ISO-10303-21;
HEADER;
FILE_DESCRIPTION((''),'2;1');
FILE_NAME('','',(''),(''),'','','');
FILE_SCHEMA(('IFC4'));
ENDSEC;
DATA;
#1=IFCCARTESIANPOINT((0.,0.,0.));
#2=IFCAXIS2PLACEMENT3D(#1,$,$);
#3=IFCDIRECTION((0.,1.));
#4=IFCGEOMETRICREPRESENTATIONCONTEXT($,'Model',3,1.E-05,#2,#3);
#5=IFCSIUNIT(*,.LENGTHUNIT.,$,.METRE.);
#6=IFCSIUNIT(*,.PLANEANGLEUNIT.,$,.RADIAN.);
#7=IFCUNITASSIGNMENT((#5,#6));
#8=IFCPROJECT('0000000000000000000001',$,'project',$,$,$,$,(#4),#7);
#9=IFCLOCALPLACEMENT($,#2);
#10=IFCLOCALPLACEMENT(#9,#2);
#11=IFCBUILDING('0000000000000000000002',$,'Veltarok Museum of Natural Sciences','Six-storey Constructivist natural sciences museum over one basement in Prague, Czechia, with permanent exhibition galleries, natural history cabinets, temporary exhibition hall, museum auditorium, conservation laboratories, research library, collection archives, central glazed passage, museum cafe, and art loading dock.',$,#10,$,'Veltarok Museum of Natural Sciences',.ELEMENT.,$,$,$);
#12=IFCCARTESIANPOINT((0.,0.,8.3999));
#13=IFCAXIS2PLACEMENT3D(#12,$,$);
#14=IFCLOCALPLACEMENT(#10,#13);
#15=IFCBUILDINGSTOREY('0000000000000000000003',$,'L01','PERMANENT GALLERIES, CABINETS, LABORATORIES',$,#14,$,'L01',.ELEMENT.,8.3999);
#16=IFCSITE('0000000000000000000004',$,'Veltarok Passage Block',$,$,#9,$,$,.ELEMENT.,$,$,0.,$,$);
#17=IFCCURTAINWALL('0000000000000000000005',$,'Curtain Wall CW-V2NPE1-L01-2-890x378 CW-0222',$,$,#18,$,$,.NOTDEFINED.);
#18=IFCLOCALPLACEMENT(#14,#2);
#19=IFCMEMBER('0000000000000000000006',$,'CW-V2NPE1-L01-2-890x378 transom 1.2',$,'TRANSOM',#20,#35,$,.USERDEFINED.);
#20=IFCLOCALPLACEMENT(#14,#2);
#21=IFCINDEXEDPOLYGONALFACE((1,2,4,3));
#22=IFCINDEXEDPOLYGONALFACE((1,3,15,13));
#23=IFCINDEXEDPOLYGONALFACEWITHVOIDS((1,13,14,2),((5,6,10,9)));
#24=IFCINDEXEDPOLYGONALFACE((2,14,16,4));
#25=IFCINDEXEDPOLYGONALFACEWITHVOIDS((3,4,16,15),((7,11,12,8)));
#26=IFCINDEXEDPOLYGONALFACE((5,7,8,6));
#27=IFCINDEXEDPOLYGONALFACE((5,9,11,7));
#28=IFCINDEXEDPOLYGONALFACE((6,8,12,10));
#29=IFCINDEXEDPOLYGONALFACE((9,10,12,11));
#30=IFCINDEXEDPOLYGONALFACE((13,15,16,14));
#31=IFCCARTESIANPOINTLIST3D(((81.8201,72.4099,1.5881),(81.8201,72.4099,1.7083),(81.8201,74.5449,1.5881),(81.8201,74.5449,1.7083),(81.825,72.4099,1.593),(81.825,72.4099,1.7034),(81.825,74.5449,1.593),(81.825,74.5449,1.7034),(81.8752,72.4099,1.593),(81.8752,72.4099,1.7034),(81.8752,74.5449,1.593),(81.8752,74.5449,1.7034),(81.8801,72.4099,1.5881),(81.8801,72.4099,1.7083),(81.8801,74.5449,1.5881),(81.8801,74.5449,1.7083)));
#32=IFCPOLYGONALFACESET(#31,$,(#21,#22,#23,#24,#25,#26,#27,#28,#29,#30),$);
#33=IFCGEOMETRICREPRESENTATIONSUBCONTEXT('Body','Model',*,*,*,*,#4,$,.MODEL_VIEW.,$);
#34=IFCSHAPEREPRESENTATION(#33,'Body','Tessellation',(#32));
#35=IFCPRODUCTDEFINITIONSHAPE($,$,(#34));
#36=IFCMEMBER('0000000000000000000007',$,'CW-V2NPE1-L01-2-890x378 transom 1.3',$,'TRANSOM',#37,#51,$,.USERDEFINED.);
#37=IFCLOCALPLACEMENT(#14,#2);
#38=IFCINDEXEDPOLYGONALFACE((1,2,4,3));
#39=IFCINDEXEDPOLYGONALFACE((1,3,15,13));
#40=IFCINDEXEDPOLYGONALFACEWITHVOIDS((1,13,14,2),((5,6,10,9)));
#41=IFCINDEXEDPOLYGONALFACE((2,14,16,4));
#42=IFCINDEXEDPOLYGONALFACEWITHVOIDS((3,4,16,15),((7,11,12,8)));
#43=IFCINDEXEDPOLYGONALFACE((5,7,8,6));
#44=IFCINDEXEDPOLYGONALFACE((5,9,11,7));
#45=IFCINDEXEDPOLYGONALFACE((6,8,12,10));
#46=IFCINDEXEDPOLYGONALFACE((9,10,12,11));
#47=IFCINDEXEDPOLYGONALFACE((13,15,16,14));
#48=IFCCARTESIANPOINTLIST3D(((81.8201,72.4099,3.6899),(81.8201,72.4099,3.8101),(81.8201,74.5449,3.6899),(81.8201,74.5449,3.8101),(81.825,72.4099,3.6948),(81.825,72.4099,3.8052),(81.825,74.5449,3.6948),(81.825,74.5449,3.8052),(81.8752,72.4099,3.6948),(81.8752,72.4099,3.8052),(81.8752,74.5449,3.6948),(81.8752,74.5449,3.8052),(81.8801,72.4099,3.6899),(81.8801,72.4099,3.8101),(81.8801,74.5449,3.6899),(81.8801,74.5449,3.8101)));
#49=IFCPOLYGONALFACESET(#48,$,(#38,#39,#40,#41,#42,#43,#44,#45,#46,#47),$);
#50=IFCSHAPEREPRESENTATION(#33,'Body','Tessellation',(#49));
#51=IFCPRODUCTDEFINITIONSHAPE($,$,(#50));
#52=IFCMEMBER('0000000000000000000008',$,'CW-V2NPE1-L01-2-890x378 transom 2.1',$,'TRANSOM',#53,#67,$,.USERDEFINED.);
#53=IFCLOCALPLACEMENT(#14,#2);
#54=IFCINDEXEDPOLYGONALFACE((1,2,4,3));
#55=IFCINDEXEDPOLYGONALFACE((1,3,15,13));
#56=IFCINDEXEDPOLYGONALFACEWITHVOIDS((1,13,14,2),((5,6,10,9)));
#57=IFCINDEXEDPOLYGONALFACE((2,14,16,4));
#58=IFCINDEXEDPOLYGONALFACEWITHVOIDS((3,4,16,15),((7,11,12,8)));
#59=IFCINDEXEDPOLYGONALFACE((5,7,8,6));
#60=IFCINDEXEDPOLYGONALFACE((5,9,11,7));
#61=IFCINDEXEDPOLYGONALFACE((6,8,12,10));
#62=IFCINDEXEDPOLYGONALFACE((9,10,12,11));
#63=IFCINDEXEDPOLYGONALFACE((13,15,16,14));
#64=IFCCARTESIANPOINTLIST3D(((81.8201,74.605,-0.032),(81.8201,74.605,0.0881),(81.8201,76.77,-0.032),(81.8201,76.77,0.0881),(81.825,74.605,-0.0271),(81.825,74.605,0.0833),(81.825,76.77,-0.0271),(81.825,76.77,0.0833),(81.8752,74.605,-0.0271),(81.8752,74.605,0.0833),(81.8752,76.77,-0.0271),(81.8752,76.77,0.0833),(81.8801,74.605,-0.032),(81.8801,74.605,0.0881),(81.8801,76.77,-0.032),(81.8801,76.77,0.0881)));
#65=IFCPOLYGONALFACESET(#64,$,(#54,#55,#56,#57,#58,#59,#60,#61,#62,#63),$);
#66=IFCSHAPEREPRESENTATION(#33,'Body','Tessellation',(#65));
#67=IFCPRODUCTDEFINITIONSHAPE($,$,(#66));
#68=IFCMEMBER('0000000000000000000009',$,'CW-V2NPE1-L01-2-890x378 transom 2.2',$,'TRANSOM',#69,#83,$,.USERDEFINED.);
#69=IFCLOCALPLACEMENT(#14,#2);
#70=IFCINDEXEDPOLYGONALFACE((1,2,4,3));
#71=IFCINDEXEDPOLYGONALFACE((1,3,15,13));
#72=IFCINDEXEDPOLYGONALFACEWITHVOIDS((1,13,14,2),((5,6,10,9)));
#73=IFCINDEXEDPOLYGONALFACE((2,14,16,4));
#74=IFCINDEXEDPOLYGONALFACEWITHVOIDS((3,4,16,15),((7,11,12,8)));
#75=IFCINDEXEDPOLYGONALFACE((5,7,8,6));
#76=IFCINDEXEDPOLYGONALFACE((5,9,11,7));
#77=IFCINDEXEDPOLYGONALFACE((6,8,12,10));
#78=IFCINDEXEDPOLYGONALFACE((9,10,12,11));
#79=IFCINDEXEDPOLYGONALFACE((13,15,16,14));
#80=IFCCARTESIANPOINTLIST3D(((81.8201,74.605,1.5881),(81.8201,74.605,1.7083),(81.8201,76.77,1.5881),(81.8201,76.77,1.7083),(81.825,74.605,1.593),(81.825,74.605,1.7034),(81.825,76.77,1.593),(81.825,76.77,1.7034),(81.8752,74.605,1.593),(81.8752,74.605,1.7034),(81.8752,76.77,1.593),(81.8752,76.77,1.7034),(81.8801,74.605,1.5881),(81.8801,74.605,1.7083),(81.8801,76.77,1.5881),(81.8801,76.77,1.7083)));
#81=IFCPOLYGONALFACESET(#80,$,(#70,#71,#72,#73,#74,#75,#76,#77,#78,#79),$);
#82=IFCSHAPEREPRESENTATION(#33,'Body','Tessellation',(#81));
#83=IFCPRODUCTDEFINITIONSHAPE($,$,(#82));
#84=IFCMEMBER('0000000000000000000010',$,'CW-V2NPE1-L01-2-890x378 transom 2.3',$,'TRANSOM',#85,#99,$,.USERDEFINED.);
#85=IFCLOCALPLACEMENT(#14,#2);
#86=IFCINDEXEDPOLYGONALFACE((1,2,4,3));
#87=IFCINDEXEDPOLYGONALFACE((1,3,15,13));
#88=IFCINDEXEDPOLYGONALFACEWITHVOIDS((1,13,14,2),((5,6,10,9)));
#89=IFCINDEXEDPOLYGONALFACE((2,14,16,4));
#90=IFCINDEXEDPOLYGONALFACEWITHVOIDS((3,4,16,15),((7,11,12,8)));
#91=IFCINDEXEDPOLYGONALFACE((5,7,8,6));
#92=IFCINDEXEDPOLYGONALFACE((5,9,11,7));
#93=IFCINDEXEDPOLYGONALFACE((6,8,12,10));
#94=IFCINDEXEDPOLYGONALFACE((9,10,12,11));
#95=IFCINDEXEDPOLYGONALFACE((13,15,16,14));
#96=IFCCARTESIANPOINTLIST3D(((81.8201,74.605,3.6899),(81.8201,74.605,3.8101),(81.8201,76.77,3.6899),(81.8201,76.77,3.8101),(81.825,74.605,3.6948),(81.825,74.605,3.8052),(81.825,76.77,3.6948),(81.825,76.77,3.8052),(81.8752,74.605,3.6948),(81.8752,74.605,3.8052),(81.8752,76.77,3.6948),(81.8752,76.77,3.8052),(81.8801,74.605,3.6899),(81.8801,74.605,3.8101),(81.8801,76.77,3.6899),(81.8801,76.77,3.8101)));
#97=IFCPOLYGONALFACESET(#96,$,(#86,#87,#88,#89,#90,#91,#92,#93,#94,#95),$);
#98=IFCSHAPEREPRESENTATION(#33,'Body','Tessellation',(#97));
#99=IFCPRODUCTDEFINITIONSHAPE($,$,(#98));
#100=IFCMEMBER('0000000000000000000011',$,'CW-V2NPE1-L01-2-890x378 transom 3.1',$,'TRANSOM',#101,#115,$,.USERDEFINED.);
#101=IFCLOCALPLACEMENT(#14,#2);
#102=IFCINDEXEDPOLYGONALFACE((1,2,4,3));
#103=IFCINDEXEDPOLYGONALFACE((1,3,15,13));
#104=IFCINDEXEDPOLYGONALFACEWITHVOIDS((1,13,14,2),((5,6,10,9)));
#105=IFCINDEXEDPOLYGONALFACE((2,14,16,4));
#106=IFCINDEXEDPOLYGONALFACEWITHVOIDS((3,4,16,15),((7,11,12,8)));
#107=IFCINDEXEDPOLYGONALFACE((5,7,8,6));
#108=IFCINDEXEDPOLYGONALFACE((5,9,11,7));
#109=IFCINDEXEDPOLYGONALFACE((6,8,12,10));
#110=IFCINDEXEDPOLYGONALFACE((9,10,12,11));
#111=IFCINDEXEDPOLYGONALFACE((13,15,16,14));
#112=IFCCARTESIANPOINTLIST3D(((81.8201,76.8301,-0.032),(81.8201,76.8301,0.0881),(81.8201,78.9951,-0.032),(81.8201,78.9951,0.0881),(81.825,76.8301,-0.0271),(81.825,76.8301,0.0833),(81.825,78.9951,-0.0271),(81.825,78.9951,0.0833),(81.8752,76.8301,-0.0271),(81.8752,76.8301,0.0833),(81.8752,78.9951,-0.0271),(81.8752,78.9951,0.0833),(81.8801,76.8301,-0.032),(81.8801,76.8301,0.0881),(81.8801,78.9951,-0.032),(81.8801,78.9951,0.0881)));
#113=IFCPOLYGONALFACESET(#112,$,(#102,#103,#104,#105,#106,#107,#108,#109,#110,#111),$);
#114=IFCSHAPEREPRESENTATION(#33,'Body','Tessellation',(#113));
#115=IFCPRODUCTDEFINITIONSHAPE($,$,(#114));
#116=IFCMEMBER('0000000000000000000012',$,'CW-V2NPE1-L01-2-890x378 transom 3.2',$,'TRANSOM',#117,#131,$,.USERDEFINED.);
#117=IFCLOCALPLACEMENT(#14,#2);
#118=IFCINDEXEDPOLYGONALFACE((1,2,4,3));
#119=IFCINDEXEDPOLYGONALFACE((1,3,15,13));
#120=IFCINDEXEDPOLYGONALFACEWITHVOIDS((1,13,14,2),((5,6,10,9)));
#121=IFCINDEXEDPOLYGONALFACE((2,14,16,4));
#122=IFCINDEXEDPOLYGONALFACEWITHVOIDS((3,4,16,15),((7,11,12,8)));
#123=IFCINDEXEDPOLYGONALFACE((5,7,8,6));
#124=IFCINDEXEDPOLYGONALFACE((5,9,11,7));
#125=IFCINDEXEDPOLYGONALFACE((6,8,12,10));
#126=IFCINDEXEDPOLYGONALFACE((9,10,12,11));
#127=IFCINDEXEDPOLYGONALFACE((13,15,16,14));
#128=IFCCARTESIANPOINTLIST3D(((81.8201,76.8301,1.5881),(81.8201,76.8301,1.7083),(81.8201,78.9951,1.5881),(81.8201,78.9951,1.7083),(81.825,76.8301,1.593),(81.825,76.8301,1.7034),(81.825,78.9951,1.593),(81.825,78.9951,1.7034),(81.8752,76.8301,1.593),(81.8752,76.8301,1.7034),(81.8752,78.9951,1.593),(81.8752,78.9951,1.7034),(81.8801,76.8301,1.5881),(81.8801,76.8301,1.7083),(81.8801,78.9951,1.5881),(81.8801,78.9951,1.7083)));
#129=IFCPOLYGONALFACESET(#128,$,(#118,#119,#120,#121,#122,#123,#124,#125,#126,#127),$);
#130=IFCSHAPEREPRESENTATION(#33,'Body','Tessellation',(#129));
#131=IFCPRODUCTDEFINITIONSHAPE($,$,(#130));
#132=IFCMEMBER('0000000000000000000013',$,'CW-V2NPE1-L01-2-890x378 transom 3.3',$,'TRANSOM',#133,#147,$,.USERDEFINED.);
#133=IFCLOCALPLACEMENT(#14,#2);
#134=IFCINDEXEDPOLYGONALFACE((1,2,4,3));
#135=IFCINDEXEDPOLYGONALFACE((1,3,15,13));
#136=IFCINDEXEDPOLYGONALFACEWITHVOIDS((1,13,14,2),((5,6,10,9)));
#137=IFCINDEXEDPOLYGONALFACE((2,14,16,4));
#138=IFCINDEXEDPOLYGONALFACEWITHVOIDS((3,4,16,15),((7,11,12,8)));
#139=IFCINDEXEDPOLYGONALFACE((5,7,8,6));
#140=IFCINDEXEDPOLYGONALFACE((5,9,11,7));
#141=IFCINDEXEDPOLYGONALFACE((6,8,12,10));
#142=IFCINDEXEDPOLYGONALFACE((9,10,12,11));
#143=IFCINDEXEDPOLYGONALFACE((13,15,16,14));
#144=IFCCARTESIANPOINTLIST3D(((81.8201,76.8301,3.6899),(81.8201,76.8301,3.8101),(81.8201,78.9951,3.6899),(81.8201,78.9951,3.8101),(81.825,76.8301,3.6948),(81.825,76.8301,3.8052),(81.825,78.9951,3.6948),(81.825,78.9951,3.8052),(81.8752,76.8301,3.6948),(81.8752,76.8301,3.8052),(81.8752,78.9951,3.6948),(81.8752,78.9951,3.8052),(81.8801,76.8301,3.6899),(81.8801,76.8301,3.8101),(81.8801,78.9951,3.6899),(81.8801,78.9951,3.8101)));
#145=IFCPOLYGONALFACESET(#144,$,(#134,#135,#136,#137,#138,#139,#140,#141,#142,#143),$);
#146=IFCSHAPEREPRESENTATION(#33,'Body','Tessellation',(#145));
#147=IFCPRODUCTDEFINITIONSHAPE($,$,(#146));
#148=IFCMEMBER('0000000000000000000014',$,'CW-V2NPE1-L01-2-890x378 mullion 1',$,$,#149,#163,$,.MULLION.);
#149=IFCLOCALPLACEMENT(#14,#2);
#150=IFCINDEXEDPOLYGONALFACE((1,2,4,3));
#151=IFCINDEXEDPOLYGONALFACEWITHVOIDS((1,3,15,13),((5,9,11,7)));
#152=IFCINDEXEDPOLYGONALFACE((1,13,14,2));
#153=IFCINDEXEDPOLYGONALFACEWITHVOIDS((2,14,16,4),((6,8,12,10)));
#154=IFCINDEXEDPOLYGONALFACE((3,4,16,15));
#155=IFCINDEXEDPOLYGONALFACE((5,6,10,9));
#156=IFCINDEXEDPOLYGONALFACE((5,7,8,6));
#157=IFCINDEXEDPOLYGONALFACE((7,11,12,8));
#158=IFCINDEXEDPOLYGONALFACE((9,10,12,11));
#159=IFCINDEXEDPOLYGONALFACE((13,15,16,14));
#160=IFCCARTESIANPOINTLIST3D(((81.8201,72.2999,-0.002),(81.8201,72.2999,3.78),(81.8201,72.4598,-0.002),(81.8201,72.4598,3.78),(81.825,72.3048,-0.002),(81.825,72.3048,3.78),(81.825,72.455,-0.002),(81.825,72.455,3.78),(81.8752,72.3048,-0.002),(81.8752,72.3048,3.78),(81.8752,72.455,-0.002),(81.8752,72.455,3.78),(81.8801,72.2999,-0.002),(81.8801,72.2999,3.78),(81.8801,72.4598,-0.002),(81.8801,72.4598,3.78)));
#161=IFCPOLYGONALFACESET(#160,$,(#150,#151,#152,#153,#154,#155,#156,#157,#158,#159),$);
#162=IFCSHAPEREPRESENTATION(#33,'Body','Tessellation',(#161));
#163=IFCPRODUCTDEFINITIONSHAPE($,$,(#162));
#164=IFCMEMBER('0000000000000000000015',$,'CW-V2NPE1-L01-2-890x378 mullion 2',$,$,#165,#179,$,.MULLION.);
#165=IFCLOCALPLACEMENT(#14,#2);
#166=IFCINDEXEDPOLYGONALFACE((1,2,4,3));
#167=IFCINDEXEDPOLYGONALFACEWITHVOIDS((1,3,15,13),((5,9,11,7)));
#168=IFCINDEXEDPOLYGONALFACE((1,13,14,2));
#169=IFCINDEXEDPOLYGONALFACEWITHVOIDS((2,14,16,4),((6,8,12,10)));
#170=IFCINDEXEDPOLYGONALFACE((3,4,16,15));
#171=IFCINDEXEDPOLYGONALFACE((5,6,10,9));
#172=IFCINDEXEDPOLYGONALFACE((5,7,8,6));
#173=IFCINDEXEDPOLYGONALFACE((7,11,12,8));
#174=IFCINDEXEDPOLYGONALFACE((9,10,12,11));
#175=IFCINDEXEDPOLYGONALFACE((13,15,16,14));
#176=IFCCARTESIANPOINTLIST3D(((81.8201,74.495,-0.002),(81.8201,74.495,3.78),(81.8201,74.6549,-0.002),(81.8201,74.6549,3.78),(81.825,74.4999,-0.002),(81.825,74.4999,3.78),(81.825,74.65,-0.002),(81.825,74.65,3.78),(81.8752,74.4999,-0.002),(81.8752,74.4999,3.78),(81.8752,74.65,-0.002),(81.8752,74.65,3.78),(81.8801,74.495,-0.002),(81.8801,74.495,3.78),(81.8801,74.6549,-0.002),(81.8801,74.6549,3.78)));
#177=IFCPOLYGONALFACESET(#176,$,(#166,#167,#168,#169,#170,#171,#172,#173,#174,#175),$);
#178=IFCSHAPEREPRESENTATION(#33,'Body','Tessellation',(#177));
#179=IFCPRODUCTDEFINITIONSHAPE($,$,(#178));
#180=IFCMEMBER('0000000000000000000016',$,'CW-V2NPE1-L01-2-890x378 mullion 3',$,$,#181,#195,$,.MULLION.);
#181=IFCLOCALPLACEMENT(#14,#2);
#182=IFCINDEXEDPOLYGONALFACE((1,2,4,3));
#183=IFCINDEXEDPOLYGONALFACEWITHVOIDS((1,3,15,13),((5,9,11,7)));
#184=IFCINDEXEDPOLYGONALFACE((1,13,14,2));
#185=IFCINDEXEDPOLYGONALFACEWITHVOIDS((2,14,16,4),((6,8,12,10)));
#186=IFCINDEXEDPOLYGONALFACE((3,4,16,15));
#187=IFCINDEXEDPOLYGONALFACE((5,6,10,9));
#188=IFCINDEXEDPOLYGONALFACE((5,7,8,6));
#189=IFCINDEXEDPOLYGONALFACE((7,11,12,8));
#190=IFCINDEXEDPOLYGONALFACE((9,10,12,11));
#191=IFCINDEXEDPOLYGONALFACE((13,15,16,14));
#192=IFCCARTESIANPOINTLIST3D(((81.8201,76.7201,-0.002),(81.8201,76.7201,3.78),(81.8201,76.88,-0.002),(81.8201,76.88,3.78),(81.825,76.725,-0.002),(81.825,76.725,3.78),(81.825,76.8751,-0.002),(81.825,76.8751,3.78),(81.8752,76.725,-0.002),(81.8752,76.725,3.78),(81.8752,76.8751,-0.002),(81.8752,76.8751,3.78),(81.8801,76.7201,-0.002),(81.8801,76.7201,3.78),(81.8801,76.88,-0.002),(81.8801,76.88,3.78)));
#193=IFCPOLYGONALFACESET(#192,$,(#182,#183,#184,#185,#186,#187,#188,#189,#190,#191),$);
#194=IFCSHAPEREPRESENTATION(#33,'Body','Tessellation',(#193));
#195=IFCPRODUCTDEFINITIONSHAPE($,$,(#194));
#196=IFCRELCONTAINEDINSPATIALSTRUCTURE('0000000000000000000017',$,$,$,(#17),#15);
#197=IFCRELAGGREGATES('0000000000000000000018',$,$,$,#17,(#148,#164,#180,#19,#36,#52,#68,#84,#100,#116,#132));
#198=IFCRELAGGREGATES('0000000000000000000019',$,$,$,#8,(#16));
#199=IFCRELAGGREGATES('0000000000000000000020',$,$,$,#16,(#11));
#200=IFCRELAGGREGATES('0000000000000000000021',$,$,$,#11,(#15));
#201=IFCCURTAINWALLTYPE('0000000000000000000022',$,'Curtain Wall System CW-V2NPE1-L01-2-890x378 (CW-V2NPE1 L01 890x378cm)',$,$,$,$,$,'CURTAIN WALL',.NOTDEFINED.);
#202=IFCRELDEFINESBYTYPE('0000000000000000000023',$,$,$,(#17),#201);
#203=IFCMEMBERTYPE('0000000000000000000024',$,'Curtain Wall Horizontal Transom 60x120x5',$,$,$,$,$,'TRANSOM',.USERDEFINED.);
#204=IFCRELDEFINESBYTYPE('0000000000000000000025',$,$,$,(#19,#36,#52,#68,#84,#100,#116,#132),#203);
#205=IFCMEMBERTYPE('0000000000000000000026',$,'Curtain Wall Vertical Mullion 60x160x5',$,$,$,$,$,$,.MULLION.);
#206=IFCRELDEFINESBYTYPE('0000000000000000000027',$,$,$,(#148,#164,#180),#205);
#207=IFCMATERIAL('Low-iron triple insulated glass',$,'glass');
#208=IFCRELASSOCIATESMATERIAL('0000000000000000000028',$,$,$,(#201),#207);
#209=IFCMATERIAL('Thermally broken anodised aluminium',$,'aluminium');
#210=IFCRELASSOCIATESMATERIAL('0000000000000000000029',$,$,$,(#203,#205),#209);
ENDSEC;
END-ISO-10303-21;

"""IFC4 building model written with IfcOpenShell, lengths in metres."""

from ifc_helpers import new_model, si_unit, direction, frame, origin, origin_2d, place, context, subcontext, project, spatial, hollow_rectangle, extrude, material, material_profile, profile_set, type_object, element, aggregate, save


model = new_model("IFC4")

# Units and contexts
model_context = context("Model", 3, precision=1e-05, world=origin(), true_north=direction((0.0, 1.0)))
body_context = subcontext(model_context, "Body", "Model", "MODEL_VIEW")
ifc_project = project(units=[si_unit("LENGTHUNIT", "METRE"), si_unit("PLANEANGLEUNIT", "RADIAN")], contexts=[model_context])

# Site, building, storey
site_placement = place(None, origin())
site = spatial("IfcSite", under=ifc_project, at=site_placement, Name="Veltarok Passage Block", CompositionType="ELEMENT", RefElevation=0.0)
building_placement = place(site_placement, origin())
building = spatial("IfcBuilding", under=site, at=building_placement, Name="Veltarok Museum of Natural Sciences", Description="Six-storey Constructivist natural sciences museum over one basement in Prague, Czechia, with permanent exhibition galleries, natural history cabinets, temporary exhibition hall, museum auditorium, conservation laboratories, research library, collection archives, central glazed passage, museum cafe, and art loading dock.", LongName="Veltarok Museum of Natural Sciences", CompositionType="ELEMENT")
storey_placement = place(building_placement, frame((0.0, 0.0, 8.3999)))
storey = spatial("IfcBuildingStorey", under=building, at=storey_placement, Name="L01", Description="PERMANENT GALLERIES, CABINETS, LABORATORIES", LongName="L01", CompositionType="ELEMENT", Elevation=8.3999)

# Curtain wall, members
ifc_material_1 = material(Name="Low-iron triple insulated glass", Category="glass")
curtain_wall_type = type_object("IfcCurtainWallType", Name="Curtain Wall System CW-V2NPE1-L01-2-890x378 (CW-V2NPE1 L01 890x378cm)", ElementType="CURTAIN WALL", PredefinedType="NOTDEFINED", material=ifc_material_1)
curtain_wall_placement = place(storey_placement, origin())
curtain_wall = element("IfcCurtainWall", 1, at=curtain_wall_placement, inside=storey, type_object=curtain_wall_type, Name="Curtain Wall CW-V2NPE1-L01-2-890x378 CW-0222", PredefinedType="NOTDEFINED")
ifc_material_2 = material(Name="Thermally broken anodised aluminium", Category="aluminium")
ifc_material_profile_1 = material_profile(ifc_material_2, hollow_rectangle(XDim=0.0601, YDim=0.1201, WallThickness=0.0049, at=origin_2d()), Name="CW TRANSOM 60x120x5")
ifc_profile_set_1 = profile_set([ifc_material_profile_1], Name="Thermally broken anodised aluminium")
member_type_1 = type_object("IfcMemberType", Name="Curtain Wall Horizontal Transom 60x120x5", ElementType="TRANSOM", PredefinedType="USERDEFINED", material=ifc_profile_set_1)
member_1_placement = place(storey_placement, frame((81.8501, 72.4099, 1.6482), z_axis=(0.0, 1.0, 0.0), x_axis=(-1.0, 0.0, 0.0)))
member_1 = element("IfcMember", 2, at=member_1_placement, type_object=member_type_1, Name="CW-V2NPE1-L01-2-890x378 transom 1.2", ObjectType="TRANSOM", PredefinedType="USERDEFINED", context=body_context, shape_type="SweptSolid", body=[
    extrude(hollow_rectangle(XDim=0.0601, YDim=0.1201, WallThickness=0.0049, at=origin_2d()), origin(), (0.0, 0.0, 1.0), 2.135),
])
member_2_placement = place(storey_placement, frame((81.8501, 72.4099, 3.75), z_axis=(0.0, 1.0, 0.0), x_axis=(-1.0, 0.0, 0.0)))
member_2 = element("IfcMember", 3, at=member_2_placement, type_object=member_type_1, Name="CW-V2NPE1-L01-2-890x378 transom 1.3", ObjectType="TRANSOM", PredefinedType="USERDEFINED", context=body_context, shape_type="SweptSolid", body=[
    extrude(hollow_rectangle(XDim=0.0601, YDim=0.1201, WallThickness=0.0049, at=origin_2d()), origin(), (0.0, 0.0, 1.0), 2.135),
])
member_3_placement = place(storey_placement, frame((81.8501, 74.605, 0.0281), z_axis=(0.0, 1.0, 0.0), x_axis=(-1.0, 0.0, 0.0)))
member_3 = element("IfcMember", 4, at=member_3_placement, type_object=member_type_1, Name="CW-V2NPE1-L01-2-890x378 transom 2.1", ObjectType="TRANSOM", PredefinedType="USERDEFINED", context=body_context, shape_type="SweptSolid", body=[
    extrude(hollow_rectangle(XDim=0.0601, YDim=0.1201, WallThickness=0.0049, at=origin_2d()), origin(), (0.0, 0.0, 1.0), 2.165),
])
member_4_placement = place(storey_placement, frame((81.8501, 74.605, 1.6482), z_axis=(0.0, 1.0, 0.0), x_axis=(-1.0, 0.0, 0.0)))
member_4 = element("IfcMember", 5, at=member_4_placement, type_object=member_type_1, Name="CW-V2NPE1-L01-2-890x378 transom 2.2", ObjectType="TRANSOM", PredefinedType="USERDEFINED", context=body_context, shape_type="SweptSolid", body=[
    extrude(hollow_rectangle(XDim=0.0601, YDim=0.1201, WallThickness=0.0049, at=origin_2d()), origin(), (0.0, 0.0, 1.0), 2.165),
])
member_5_placement = place(storey_placement, frame((81.8501, 74.605, 3.75), z_axis=(0.0, 1.0, 0.0), x_axis=(-1.0, 0.0, 0.0)))
member_5 = element("IfcMember", 6, at=member_5_placement, type_object=member_type_1, Name="CW-V2NPE1-L01-2-890x378 transom 2.3", ObjectType="TRANSOM", PredefinedType="USERDEFINED", context=body_context, shape_type="SweptSolid", body=[
    extrude(hollow_rectangle(XDim=0.0601, YDim=0.1201, WallThickness=0.0049, at=origin_2d()), origin(), (0.0, 0.0, 1.0), 2.165),
])
member_6_placement = place(storey_placement, frame((81.8501, 76.8301, 0.0281), z_axis=(0.0, 1.0, 0.0), x_axis=(-1.0, 0.0, 0.0)))
member_6 = element("IfcMember", 7, at=member_6_placement, type_object=member_type_1, Name="CW-V2NPE1-L01-2-890x378 transom 3.1", ObjectType="TRANSOM", PredefinedType="USERDEFINED", context=body_context, shape_type="SweptSolid", body=[
    extrude(hollow_rectangle(XDim=0.0601, YDim=0.1201, WallThickness=0.0049, at=origin_2d()), origin(), (0.0, 0.0, 1.0), 2.165),
])
member_7_placement = place(storey_placement, frame((81.8501, 76.8301, 1.6482), z_axis=(0.0, 1.0, 0.0), x_axis=(-1.0, 0.0, 0.0)))
member_7 = element("IfcMember", 8, at=member_7_placement, type_object=member_type_1, Name="CW-V2NPE1-L01-2-890x378 transom 3.2", ObjectType="TRANSOM", PredefinedType="USERDEFINED", context=body_context, shape_type="SweptSolid", body=[
    extrude(hollow_rectangle(XDim=0.0601, YDim=0.1201, WallThickness=0.0049, at=origin_2d()), origin(), (0.0, 0.0, 1.0), 2.165),
])
member_8_placement = place(storey_placement, frame((81.8501, 76.8301, 3.75), z_axis=(0.0, 1.0, 0.0), x_axis=(-1.0, 0.0, 0.0)))
member_8 = element("IfcMember", 9, at=member_8_placement, type_object=member_type_1, Name="CW-V2NPE1-L01-2-890x378 transom 3.3", ObjectType="TRANSOM", PredefinedType="USERDEFINED", context=body_context, shape_type="SweptSolid", body=[
    extrude(hollow_rectangle(XDim=0.0601, YDim=0.1201, WallThickness=0.0049, at=origin_2d()), origin(), (0.0, 0.0, 1.0), 2.165),
])
ifc_material_profile_2 = material_profile(ifc_material_2, hollow_rectangle(XDim=0.0601, YDim=0.1599, WallThickness=0.0049, at=origin_2d()), Name="CW MULLION 60x160x5")
ifc_profile_set_2 = profile_set([ifc_material_profile_2], Name="Thermally broken anodised aluminium")
member_type_2 = type_object("IfcMemberType", Name="Curtain Wall Vertical Mullion 60x160x5", PredefinedType="MULLION", material=ifc_profile_set_2)
member_9_placement = place(storey_placement, frame((81.8501, 72.3799, -0.002), z_axis=(0.0, 0.0, 1.0), x_axis=(-1.0, 0.0, 0.0)))
member_9 = element("IfcMember", 10, at=member_9_placement, type_object=member_type_2, Name="CW-V2NPE1-L01-2-890x378 mullion 1", PredefinedType="MULLION", context=body_context, shape_type="SweptSolid", body=[
    extrude(hollow_rectangle(XDim=0.0601, YDim=0.1599, WallThickness=0.0049, at=origin_2d()), origin(), (0.0, 0.0, 1.0), 3.782),
])
member_10_placement = place(storey_placement, frame((81.8501, 74.575, -0.002), z_axis=(0.0, 0.0, 1.0), x_axis=(-1.0, 0.0, 0.0)))
member_10 = element("IfcMember", 11, at=member_10_placement, type_object=member_type_2, Name="CW-V2NPE1-L01-2-890x378 mullion 2", PredefinedType="MULLION", context=body_context, shape_type="SweptSolid", body=[
    extrude(hollow_rectangle(XDim=0.0601, YDim=0.1599, WallThickness=0.0049, at=origin_2d()), origin(), (0.0, 0.0, 1.0), 3.782),
])
member_11_placement = place(storey_placement, frame((81.8501, 76.8, -0.002), z_axis=(0.0, 0.0, 1.0), x_axis=(-1.0, 0.0, 0.0)))
member_11 = element("IfcMember", 12, at=member_11_placement, type_object=member_type_2, Name="CW-V2NPE1-L01-2-890x378 mullion 3", PredefinedType="MULLION", context=body_context, shape_type="SweptSolid", body=[
    extrude(hollow_rectangle(XDim=0.0601, YDim=0.1599, WallThickness=0.0049, at=origin_2d()), origin(), (0.0, 0.0, 1.0), 3.782),
])

aggregate(curtain_wall, [member_9, member_10, member_11, member_1, member_2, member_3, member_4, member_5, member_6, member_7, member_8])

save(model, "model.ifc")
